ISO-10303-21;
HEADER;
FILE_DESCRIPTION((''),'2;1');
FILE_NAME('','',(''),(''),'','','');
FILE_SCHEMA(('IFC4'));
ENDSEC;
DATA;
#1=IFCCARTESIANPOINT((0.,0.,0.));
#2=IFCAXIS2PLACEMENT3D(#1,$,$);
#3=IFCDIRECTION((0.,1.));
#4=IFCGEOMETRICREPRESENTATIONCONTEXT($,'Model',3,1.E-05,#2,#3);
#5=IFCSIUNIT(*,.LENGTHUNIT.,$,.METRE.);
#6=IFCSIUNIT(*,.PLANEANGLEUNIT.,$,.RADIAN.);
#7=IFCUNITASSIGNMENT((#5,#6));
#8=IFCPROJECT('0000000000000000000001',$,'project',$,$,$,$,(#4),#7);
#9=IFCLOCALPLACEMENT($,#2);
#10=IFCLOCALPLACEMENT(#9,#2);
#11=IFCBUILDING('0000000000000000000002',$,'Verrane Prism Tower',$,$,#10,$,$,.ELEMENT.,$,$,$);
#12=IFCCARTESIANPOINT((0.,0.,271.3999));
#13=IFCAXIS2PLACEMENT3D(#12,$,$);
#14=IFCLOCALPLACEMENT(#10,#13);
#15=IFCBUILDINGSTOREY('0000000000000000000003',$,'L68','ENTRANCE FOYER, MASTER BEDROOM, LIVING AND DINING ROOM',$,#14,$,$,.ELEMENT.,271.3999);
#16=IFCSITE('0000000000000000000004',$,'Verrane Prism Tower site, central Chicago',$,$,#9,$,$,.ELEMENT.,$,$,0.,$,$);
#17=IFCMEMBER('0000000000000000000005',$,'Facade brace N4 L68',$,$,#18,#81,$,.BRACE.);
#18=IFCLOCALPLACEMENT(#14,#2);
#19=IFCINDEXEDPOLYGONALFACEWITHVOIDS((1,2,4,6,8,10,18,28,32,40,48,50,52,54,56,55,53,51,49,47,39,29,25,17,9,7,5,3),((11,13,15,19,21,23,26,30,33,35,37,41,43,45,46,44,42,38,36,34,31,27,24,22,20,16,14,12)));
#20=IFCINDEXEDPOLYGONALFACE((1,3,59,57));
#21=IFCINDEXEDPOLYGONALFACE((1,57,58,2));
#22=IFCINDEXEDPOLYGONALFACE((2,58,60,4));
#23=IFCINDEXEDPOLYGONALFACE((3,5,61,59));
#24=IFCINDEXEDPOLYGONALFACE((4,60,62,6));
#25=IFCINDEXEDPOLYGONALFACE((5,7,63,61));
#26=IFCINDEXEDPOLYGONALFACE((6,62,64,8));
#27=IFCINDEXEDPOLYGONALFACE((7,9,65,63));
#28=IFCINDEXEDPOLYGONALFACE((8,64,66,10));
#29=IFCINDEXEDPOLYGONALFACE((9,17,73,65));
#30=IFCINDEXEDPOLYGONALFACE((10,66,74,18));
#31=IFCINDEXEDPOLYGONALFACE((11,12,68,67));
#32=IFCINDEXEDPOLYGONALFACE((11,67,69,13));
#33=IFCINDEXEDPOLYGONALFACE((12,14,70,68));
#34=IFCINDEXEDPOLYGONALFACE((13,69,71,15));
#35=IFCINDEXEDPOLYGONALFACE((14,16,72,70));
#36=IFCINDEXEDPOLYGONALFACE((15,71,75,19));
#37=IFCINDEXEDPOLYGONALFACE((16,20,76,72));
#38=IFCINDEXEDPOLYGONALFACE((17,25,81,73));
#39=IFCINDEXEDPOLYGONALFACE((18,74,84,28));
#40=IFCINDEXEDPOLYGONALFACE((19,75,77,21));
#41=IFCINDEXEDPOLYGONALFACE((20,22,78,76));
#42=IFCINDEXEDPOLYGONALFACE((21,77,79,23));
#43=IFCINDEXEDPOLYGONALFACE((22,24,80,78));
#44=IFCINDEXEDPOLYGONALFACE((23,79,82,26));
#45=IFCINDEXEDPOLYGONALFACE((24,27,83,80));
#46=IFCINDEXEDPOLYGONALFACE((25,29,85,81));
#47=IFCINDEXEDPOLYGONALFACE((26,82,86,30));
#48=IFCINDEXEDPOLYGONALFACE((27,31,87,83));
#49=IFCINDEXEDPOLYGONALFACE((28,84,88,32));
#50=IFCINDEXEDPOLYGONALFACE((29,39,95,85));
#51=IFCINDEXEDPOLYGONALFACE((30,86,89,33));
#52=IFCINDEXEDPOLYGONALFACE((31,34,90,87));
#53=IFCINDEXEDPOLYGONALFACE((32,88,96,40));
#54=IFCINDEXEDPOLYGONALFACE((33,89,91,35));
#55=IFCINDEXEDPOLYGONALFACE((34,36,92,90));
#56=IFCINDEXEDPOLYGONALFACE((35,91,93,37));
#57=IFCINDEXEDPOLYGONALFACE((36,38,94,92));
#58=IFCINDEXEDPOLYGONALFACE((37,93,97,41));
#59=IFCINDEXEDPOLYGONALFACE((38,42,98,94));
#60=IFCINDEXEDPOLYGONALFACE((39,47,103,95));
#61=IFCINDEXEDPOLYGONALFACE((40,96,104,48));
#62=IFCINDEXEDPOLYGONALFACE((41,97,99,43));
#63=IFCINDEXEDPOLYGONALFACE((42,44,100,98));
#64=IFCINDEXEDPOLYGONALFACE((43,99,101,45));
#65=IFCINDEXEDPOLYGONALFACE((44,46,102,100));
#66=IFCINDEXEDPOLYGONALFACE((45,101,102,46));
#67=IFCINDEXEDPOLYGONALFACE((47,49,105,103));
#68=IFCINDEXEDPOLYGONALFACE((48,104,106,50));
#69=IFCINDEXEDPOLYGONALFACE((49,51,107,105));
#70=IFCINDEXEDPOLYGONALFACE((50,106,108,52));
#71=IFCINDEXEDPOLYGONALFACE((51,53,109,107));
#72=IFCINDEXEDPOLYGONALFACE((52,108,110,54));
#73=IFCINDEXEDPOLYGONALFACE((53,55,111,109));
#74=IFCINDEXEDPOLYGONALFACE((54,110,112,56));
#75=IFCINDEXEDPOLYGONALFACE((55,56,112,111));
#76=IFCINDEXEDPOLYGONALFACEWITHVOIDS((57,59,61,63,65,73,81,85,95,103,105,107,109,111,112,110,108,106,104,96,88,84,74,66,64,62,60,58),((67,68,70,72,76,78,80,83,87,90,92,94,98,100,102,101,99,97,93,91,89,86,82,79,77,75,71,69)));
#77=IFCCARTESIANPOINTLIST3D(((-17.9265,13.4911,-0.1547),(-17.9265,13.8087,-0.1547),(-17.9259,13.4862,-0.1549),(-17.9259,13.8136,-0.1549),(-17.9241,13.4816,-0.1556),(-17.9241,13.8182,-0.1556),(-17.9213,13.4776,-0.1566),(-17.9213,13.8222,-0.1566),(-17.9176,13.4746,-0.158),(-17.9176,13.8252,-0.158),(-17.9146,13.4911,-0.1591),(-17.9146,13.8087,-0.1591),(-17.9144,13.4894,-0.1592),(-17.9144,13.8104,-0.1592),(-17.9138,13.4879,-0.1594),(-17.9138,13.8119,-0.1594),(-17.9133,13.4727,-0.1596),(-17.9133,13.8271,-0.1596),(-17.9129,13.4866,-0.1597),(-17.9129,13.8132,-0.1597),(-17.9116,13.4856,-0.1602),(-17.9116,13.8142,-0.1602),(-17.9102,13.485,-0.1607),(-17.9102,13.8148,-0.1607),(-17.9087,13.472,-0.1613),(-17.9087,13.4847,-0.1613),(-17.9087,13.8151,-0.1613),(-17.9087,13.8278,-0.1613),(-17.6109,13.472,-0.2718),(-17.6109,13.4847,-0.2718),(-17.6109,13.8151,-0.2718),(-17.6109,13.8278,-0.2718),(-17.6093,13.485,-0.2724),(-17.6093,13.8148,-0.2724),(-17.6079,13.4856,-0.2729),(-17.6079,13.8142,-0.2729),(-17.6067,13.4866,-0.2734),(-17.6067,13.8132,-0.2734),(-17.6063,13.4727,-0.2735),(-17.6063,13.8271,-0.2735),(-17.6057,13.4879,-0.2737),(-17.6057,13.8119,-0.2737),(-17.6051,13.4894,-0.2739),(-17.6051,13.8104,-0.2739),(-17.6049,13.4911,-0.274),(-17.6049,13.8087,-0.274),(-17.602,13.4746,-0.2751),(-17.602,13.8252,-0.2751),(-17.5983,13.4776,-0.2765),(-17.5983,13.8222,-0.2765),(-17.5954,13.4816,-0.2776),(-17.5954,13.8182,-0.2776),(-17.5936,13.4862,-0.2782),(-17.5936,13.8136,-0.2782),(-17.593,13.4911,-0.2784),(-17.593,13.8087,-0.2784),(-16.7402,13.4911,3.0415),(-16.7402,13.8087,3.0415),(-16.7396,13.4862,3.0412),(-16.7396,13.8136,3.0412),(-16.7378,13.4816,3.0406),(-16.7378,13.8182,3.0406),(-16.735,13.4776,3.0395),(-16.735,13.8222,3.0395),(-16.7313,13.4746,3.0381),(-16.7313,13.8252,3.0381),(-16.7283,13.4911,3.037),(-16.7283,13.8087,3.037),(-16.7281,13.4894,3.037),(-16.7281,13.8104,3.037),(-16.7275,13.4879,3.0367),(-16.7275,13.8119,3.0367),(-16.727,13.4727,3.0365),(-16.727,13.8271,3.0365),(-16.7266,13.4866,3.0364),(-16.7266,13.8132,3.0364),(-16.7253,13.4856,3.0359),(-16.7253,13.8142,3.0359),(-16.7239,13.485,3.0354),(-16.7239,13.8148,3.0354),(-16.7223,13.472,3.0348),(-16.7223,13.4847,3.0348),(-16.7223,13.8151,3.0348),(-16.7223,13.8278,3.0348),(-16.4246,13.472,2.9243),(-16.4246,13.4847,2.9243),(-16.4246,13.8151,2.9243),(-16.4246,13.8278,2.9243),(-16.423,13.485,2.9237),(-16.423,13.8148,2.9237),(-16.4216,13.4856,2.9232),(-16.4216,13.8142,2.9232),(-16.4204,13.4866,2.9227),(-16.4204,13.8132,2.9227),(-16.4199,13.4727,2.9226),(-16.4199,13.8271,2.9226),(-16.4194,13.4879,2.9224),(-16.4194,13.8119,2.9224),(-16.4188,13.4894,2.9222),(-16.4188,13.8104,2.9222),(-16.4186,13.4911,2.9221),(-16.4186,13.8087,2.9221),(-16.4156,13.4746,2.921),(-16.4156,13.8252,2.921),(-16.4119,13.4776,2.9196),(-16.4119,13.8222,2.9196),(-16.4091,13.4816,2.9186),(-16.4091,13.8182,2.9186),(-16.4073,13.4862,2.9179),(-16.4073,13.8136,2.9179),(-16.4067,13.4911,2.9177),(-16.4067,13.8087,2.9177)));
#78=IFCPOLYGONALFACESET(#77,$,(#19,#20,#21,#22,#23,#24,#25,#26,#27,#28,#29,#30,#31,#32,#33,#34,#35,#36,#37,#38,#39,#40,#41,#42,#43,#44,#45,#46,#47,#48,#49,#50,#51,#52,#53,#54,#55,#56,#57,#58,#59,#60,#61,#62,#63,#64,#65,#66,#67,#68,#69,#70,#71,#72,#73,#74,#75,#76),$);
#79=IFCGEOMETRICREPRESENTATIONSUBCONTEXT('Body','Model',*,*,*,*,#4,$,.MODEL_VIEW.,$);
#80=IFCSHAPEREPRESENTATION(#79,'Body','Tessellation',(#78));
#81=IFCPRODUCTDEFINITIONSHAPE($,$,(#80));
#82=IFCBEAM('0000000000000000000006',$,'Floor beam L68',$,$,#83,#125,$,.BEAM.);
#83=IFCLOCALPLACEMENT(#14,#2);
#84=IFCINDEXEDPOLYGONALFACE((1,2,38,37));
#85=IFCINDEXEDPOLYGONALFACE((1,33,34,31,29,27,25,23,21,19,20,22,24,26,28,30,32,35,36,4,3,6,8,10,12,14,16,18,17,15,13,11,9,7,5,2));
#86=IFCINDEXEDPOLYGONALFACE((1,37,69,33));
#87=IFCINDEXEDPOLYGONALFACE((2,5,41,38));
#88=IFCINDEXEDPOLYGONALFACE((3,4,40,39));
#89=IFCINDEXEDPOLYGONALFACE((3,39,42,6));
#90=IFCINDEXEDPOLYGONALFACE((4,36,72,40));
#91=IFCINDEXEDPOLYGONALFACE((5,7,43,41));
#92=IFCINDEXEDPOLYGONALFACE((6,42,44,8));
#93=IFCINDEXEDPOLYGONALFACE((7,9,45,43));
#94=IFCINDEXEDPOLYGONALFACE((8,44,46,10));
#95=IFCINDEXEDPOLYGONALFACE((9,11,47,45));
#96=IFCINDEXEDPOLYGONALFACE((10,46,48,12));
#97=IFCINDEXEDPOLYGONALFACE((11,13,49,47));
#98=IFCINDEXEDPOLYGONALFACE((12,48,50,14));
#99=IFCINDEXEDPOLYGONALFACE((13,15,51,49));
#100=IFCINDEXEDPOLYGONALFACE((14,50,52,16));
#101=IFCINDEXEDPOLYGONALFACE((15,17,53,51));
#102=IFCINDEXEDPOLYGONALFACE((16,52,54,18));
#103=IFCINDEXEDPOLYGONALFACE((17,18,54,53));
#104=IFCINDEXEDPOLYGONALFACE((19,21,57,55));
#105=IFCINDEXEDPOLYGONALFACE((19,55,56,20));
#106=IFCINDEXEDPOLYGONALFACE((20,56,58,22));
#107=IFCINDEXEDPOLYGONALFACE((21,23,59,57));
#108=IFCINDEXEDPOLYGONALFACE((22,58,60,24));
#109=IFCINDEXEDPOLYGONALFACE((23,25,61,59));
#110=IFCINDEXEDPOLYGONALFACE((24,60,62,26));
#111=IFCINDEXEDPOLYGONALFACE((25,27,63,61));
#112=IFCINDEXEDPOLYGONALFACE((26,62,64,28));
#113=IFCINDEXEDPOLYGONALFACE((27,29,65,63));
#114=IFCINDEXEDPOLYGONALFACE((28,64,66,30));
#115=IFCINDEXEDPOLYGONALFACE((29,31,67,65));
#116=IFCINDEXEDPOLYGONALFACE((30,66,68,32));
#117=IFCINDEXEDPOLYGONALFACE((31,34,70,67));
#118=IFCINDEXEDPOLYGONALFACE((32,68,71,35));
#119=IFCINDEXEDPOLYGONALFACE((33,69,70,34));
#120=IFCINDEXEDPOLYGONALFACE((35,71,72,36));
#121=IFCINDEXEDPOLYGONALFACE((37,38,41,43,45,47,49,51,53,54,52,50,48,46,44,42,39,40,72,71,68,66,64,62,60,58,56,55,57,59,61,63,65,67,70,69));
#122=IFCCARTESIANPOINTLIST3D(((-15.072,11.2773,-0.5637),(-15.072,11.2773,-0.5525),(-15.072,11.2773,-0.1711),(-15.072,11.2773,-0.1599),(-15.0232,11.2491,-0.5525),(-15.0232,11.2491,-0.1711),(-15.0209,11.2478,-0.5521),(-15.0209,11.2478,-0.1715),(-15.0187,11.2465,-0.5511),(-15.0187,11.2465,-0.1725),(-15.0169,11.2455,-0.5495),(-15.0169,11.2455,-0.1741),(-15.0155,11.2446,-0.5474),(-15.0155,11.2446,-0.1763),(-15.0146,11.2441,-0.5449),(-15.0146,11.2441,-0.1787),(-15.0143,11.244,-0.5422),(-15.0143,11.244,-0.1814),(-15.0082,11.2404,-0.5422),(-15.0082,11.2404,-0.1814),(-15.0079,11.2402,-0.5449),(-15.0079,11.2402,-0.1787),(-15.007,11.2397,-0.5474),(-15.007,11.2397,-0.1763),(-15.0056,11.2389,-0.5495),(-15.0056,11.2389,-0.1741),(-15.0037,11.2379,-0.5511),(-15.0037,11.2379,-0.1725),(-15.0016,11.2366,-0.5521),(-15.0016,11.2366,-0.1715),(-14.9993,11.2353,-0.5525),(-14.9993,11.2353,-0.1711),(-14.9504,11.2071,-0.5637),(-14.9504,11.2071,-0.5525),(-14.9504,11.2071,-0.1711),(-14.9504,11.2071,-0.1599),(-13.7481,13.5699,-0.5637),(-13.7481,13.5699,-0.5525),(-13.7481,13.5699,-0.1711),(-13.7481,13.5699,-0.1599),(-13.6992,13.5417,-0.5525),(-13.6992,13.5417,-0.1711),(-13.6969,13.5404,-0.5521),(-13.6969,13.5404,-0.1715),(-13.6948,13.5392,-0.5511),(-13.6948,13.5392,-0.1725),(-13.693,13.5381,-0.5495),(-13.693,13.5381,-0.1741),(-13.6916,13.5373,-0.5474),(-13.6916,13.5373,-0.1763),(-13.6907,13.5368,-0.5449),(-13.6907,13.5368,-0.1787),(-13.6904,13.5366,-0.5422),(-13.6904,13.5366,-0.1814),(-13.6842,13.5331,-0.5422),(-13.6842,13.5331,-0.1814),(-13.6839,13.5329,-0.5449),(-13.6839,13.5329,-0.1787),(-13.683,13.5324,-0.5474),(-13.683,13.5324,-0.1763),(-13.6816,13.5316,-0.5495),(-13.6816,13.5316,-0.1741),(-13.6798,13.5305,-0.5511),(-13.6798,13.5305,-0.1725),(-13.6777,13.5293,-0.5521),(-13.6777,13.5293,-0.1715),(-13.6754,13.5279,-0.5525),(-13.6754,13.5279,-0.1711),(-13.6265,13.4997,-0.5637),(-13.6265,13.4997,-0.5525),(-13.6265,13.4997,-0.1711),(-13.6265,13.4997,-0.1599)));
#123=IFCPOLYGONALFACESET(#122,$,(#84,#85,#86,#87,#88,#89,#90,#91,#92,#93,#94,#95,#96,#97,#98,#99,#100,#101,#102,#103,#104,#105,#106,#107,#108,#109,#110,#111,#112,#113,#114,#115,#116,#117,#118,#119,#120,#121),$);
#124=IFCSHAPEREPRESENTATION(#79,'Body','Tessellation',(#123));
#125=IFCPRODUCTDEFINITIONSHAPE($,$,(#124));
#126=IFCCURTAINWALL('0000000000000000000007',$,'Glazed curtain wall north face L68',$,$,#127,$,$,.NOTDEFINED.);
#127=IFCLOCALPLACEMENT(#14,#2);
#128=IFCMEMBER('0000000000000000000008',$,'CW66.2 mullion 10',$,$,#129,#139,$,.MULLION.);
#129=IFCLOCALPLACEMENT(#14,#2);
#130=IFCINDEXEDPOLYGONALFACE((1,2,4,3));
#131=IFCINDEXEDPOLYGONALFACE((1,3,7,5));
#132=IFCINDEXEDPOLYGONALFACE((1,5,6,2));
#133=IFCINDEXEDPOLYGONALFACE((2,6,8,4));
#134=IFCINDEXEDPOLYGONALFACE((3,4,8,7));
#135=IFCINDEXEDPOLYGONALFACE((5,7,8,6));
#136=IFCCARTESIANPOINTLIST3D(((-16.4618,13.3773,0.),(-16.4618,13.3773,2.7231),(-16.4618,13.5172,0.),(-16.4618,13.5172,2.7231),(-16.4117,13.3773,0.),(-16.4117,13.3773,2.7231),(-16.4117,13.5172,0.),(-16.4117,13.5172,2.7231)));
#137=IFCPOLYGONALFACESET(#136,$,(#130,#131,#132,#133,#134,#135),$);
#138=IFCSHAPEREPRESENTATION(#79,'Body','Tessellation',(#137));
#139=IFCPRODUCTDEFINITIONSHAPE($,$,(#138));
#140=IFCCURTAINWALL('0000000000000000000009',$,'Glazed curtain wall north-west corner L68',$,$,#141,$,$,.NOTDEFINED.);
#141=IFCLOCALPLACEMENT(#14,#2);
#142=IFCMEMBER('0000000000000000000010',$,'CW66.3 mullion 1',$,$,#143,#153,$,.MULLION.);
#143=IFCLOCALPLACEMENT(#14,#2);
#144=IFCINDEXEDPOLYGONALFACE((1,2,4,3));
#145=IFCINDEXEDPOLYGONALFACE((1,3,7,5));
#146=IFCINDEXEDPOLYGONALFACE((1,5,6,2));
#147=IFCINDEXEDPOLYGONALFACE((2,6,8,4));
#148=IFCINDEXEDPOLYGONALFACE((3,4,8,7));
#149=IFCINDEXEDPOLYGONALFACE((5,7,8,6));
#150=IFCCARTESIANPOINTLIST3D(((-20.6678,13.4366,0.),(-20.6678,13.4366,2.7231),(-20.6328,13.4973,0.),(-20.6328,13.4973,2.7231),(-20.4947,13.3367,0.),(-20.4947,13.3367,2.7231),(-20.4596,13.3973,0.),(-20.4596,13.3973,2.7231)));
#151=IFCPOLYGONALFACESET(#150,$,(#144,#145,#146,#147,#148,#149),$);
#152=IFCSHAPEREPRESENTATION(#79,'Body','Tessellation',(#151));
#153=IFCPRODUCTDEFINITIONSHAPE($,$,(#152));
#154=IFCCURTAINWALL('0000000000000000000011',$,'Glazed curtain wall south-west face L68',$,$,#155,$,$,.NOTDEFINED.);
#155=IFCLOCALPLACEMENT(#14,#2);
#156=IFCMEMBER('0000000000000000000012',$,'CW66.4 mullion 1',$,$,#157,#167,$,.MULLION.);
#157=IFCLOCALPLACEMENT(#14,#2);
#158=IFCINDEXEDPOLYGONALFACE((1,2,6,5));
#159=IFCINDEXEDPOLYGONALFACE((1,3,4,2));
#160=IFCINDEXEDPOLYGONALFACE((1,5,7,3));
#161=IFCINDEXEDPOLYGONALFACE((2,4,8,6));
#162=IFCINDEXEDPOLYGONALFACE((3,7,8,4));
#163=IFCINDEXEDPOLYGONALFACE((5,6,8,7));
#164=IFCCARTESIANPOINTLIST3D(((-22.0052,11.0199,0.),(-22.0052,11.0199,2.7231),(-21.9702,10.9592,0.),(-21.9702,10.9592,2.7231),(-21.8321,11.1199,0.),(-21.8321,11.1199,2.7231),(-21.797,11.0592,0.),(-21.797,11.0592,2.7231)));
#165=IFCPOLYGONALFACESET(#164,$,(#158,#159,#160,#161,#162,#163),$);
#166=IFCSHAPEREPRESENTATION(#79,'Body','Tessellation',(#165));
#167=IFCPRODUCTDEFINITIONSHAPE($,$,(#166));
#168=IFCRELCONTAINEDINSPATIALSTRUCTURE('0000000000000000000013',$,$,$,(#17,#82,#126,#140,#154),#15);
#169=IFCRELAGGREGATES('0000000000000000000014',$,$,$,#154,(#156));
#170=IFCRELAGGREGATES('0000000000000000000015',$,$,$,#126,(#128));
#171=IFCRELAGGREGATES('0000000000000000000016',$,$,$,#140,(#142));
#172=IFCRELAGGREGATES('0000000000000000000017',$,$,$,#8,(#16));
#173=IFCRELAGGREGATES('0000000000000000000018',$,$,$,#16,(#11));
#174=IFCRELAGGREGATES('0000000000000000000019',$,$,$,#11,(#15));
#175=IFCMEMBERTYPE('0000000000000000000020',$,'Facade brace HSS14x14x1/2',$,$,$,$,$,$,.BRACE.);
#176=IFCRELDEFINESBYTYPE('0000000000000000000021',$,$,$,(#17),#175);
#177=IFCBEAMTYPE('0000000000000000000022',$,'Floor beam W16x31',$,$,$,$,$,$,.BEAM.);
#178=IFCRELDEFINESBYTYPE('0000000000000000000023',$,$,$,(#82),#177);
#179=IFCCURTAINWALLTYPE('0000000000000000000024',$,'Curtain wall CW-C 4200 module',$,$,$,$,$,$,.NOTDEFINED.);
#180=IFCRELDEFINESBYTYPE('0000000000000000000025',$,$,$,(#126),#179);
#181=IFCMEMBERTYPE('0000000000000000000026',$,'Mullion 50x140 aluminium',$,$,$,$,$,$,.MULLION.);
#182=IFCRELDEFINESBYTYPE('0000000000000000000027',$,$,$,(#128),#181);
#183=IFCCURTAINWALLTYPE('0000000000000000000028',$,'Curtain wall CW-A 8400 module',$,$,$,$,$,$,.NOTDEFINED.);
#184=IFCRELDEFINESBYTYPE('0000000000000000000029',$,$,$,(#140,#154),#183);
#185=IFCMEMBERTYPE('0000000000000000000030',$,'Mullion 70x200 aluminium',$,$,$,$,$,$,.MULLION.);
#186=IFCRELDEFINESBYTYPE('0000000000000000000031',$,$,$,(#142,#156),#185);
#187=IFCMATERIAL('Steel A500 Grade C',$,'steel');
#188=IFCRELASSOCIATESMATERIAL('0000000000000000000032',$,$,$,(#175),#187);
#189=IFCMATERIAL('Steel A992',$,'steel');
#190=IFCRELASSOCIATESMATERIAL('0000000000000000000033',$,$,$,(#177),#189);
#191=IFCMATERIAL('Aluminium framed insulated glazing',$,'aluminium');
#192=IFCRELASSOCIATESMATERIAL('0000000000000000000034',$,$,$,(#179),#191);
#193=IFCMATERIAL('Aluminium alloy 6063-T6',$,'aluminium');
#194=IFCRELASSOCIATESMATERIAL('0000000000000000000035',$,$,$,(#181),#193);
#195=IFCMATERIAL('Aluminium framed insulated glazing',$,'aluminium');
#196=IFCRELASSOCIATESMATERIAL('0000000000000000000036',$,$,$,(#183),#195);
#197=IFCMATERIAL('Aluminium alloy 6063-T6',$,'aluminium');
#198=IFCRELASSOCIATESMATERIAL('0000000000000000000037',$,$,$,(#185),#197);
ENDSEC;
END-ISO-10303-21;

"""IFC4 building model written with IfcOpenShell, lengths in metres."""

from ifc_helpers import new_model, si_unit, direction, frame, origin, origin_2d, place, context, subcontext, project, spatial, rectangle, hollow_rectangle, i_section, extrude, material, material_profile, profile_set, type_object, element, aggregate, save


model = new_model("IFC4")

# Units and contexts
model_context = context("Model", 3, precision=1e-05, world=origin(), true_north=direction((0.0, 1.0)))
body_context = subcontext(model_context, "Body", "Model", "MODEL_VIEW")
ifc_project = project(units=[si_unit("LENGTHUNIT", "METRE"), si_unit("PLANEANGLEUNIT", "RADIAN")], contexts=[model_context])

# Site, building, storey
site_placement = place(None, origin())
site = spatial("IfcSite", under=ifc_project, at=site_placement, Name="Verrane Prism Tower site, central Chicago", CompositionType="ELEMENT", RefElevation=0.0)
building_placement = place(site_placement, origin())
building = spatial("IfcBuilding", under=site, at=building_placement, Name="Verrane Prism Tower", CompositionType="ELEMENT")
storey_placement = place(building_placement, frame((0.0, 0.0, 271.3999)))
storey = spatial("IfcBuildingStorey", under=building, at=storey_placement, Name="L68", Description="ENTRANCE FOYER, MASTER BEDROOM, LIVING AND DINING ROOM", CompositionType="ELEMENT", Elevation=271.3999)

# Member
ifc_material_1 = material(Name="Steel A500 Grade C", Category="steel")
ifc_material_profile_1 = material_profile(ifc_material_1, hollow_rectangle(XDim=0.3557, YDim=0.3557, WallThickness=0.0127, InnerFilletRadius=0.0063, OuterFilletRadius=0.019, at=origin_2d()), Name="HSS14x14x1/2")
ifc_profile_set_1 = profile_set([ifc_material_profile_1], Name="Steel A500 Grade C")
member_type_1 = type_object("IfcMemberType", Name="Facade brace HSS14x14x1/2", PredefinedType="BRACE", material=ifc_profile_set_1)
member_1_placement = place(storey_placement, frame((-17.7598, 13.6499, -0.2166), z_axis=(0.347974, 0.0, 0.937504), x_axis=(0.0, 1.0, 0.0)))
element("IfcMember", 1, at=member_1_placement, inside=storey, type_object=member_type_1, Name="Facade brace N4 L68", PredefinedType="BRACE", context=body_context, shape_type="SweptSolid", body=[
    extrude(hollow_rectangle(XDim=0.3557, YDim=0.3557, WallThickness=0.0127, InnerFilletRadius=0.0063, OuterFilletRadius=0.019, at=origin_2d()), origin(), (0.0, 0.0, 1.0), 3.4092),
])

# Beam
ifc_material_2 = material(Name="Steel A992", Category="steel")
ifc_material_profile_2 = material_profile(ifc_material_2, i_section(OverallWidth=0.1404, OverallDepth=0.4038, WebThickness=0.0071, FlangeThickness=0.0112, FilletRadius=0.0103, at=origin_2d()), Name="W16x31")
ifc_profile_set_2 = profile_set([ifc_material_profile_2], Name="Steel A992")
beam_type_1 = type_object("IfcBeamType", Name="Floor beam W16x31", PredefinedType="BEAM", material=ifc_profile_set_2)
beam_1_placement = place(storey_placement, frame((-15.0112, 11.2422, -0.3618), z_axis=(0.500076, 0.865981, 0.0), x_axis=(-0.865981, 0.500076, 0.0)))
element("IfcBeam", 2, at=beam_1_placement, inside=storey, type_object=beam_type_1, Name="Floor beam L68", PredefinedType="BEAM", context=body_context, shape_type="SweptSolid", body=[
    extrude(i_section(OverallWidth=0.1404, OverallDepth=0.4038, WebThickness=0.0071, FlangeThickness=0.0112, FilletRadius=0.0103, at=origin_2d()), origin(), (0.0, 0.0, 1.0), 2.6475),
])

# Curtain walls, members
ifc_material_3 = material(Name="Aluminium framed insulated glazing", Category="aluminium")
curtain_wall_type_1 = type_object("IfcCurtainWallType", Name="Curtain wall CW-C 4200 module", PredefinedType="NOTDEFINED", material=ifc_material_3)
curtain_wall_1_placement = place(storey_placement, origin())
curtain_wall_1 = element("IfcCurtainWall", 3, at=curtain_wall_1_placement, inside=storey, type_object=curtain_wall_type_1, Name="Glazed curtain wall north face L68", PredefinedType="NOTDEFINED")
ifc_material_4 = material(Name="Aluminium alloy 6063-T6", Category="aluminium")
ifc_material_profile_3 = material_profile(ifc_material_4, rectangle(XDim=0.1399, YDim=0.05, at=origin_2d()), Name="Mullion 50x140 aluminium")
ifc_profile_set_3 = profile_set([ifc_material_profile_3], Name="Aluminium alloy 6063-T6")
member_type_2 = type_object("IfcMemberType", Name="Mullion 50x140 aluminium", PredefinedType="MULLION", material=ifc_profile_set_3)
member_2_placement = place(storey_placement, frame((-16.4368, 13.4473, 0.0), z_axis=(0.0, 0.0, 1.0), x_axis=(0.0, -1.0, 0.0)))
member_2 = element("IfcMember", 4, at=member_2_placement, type_object=member_type_2, Name="CW66.2 mullion 10", PredefinedType="MULLION", context=body_context, shape_type="SweptSolid", body=[
    extrude(rectangle(XDim=0.1399, YDim=0.05, at=origin_2d()), origin(), (0.0, 0.0, 1.0), 2.7231),
])
ifc_material_5 = material(Name="Aluminium framed insulated glazing", Category="aluminium")
curtain_wall_type_2 = type_object("IfcCurtainWallType", Name="Curtain wall CW-A 8400 module", PredefinedType="NOTDEFINED", material=ifc_material_5)
curtain_wall_2_placement = place(storey_placement, origin())
curtain_wall_2 = element("IfcCurtainWall", 5, at=curtain_wall_2_placement, inside=storey, type_object=curtain_wall_type_2, Name="Glazed curtain wall north-west corner L68", PredefinedType="NOTDEFINED")
ifc_material_6 = material(Name="Aluminium alloy 6063-T6", Category="aluminium")
ifc_material_profile_4 = material_profile(ifc_material_6, rectangle(XDim=0.2, YDim=0.0701, at=origin_2d()), Name="Mullion 70x200 aluminium")
ifc_profile_set_4 = profile_set([ifc_material_profile_4], Name="Aluminium alloy 6063-T6")
member_type_3 = type_object("IfcMemberType", Name="Mullion 70x200 aluminium", PredefinedType="MULLION", material=ifc_profile_set_4)
member_3_placement = place(storey_placement, frame((-20.5637, 13.417, 0.0), z_axis=(0.0, 0.0, 1.0), x_axis=(0.866024, -0.500002, 0.0)))
member_3 = element("IfcMember", 6, at=member_3_placement, type_object=member_type_3, Name="CW66.3 mullion 1", PredefinedType="MULLION", context=body_context, shape_type="SweptSolid", body=[
    extrude(rectangle(XDim=0.2, YDim=0.0701, at=origin_2d()), origin(), (0.0, 0.0, 1.0), 2.7231),
])
curtain_wall_3_placement = place(storey_placement, origin())
curtain_wall_3 = element("IfcCurtainWall", 7, at=curtain_wall_3_placement, inside=storey, type_object=curtain_wall_type_2, Name="Glazed curtain wall south-west face L68", PredefinedType="NOTDEFINED")
member_4_placement = place(storey_placement, frame((-21.9011, 11.0396, 0.0), z_axis=(0.0, 0.0, 1.0), x_axis=(0.866025, 0.500001, 0.0)))
member_4 = element("IfcMember", 8, at=member_4_placement, type_object=member_type_3, Name="CW66.4 mullion 1", PredefinedType="MULLION", context=body_context, shape_type="SweptSolid", body=[
    extrude(rectangle(XDim=0.2, YDim=0.0701, at=origin_2d()), origin(), (0.0, 0.0, 1.0), 2.7231),
])

aggregate(curtain_wall_3, [member_4])

aggregate(curtain_wall_1, [member_2])
aggregate(curtain_wall_2, [member_3])

save(model, "model.ifc")
